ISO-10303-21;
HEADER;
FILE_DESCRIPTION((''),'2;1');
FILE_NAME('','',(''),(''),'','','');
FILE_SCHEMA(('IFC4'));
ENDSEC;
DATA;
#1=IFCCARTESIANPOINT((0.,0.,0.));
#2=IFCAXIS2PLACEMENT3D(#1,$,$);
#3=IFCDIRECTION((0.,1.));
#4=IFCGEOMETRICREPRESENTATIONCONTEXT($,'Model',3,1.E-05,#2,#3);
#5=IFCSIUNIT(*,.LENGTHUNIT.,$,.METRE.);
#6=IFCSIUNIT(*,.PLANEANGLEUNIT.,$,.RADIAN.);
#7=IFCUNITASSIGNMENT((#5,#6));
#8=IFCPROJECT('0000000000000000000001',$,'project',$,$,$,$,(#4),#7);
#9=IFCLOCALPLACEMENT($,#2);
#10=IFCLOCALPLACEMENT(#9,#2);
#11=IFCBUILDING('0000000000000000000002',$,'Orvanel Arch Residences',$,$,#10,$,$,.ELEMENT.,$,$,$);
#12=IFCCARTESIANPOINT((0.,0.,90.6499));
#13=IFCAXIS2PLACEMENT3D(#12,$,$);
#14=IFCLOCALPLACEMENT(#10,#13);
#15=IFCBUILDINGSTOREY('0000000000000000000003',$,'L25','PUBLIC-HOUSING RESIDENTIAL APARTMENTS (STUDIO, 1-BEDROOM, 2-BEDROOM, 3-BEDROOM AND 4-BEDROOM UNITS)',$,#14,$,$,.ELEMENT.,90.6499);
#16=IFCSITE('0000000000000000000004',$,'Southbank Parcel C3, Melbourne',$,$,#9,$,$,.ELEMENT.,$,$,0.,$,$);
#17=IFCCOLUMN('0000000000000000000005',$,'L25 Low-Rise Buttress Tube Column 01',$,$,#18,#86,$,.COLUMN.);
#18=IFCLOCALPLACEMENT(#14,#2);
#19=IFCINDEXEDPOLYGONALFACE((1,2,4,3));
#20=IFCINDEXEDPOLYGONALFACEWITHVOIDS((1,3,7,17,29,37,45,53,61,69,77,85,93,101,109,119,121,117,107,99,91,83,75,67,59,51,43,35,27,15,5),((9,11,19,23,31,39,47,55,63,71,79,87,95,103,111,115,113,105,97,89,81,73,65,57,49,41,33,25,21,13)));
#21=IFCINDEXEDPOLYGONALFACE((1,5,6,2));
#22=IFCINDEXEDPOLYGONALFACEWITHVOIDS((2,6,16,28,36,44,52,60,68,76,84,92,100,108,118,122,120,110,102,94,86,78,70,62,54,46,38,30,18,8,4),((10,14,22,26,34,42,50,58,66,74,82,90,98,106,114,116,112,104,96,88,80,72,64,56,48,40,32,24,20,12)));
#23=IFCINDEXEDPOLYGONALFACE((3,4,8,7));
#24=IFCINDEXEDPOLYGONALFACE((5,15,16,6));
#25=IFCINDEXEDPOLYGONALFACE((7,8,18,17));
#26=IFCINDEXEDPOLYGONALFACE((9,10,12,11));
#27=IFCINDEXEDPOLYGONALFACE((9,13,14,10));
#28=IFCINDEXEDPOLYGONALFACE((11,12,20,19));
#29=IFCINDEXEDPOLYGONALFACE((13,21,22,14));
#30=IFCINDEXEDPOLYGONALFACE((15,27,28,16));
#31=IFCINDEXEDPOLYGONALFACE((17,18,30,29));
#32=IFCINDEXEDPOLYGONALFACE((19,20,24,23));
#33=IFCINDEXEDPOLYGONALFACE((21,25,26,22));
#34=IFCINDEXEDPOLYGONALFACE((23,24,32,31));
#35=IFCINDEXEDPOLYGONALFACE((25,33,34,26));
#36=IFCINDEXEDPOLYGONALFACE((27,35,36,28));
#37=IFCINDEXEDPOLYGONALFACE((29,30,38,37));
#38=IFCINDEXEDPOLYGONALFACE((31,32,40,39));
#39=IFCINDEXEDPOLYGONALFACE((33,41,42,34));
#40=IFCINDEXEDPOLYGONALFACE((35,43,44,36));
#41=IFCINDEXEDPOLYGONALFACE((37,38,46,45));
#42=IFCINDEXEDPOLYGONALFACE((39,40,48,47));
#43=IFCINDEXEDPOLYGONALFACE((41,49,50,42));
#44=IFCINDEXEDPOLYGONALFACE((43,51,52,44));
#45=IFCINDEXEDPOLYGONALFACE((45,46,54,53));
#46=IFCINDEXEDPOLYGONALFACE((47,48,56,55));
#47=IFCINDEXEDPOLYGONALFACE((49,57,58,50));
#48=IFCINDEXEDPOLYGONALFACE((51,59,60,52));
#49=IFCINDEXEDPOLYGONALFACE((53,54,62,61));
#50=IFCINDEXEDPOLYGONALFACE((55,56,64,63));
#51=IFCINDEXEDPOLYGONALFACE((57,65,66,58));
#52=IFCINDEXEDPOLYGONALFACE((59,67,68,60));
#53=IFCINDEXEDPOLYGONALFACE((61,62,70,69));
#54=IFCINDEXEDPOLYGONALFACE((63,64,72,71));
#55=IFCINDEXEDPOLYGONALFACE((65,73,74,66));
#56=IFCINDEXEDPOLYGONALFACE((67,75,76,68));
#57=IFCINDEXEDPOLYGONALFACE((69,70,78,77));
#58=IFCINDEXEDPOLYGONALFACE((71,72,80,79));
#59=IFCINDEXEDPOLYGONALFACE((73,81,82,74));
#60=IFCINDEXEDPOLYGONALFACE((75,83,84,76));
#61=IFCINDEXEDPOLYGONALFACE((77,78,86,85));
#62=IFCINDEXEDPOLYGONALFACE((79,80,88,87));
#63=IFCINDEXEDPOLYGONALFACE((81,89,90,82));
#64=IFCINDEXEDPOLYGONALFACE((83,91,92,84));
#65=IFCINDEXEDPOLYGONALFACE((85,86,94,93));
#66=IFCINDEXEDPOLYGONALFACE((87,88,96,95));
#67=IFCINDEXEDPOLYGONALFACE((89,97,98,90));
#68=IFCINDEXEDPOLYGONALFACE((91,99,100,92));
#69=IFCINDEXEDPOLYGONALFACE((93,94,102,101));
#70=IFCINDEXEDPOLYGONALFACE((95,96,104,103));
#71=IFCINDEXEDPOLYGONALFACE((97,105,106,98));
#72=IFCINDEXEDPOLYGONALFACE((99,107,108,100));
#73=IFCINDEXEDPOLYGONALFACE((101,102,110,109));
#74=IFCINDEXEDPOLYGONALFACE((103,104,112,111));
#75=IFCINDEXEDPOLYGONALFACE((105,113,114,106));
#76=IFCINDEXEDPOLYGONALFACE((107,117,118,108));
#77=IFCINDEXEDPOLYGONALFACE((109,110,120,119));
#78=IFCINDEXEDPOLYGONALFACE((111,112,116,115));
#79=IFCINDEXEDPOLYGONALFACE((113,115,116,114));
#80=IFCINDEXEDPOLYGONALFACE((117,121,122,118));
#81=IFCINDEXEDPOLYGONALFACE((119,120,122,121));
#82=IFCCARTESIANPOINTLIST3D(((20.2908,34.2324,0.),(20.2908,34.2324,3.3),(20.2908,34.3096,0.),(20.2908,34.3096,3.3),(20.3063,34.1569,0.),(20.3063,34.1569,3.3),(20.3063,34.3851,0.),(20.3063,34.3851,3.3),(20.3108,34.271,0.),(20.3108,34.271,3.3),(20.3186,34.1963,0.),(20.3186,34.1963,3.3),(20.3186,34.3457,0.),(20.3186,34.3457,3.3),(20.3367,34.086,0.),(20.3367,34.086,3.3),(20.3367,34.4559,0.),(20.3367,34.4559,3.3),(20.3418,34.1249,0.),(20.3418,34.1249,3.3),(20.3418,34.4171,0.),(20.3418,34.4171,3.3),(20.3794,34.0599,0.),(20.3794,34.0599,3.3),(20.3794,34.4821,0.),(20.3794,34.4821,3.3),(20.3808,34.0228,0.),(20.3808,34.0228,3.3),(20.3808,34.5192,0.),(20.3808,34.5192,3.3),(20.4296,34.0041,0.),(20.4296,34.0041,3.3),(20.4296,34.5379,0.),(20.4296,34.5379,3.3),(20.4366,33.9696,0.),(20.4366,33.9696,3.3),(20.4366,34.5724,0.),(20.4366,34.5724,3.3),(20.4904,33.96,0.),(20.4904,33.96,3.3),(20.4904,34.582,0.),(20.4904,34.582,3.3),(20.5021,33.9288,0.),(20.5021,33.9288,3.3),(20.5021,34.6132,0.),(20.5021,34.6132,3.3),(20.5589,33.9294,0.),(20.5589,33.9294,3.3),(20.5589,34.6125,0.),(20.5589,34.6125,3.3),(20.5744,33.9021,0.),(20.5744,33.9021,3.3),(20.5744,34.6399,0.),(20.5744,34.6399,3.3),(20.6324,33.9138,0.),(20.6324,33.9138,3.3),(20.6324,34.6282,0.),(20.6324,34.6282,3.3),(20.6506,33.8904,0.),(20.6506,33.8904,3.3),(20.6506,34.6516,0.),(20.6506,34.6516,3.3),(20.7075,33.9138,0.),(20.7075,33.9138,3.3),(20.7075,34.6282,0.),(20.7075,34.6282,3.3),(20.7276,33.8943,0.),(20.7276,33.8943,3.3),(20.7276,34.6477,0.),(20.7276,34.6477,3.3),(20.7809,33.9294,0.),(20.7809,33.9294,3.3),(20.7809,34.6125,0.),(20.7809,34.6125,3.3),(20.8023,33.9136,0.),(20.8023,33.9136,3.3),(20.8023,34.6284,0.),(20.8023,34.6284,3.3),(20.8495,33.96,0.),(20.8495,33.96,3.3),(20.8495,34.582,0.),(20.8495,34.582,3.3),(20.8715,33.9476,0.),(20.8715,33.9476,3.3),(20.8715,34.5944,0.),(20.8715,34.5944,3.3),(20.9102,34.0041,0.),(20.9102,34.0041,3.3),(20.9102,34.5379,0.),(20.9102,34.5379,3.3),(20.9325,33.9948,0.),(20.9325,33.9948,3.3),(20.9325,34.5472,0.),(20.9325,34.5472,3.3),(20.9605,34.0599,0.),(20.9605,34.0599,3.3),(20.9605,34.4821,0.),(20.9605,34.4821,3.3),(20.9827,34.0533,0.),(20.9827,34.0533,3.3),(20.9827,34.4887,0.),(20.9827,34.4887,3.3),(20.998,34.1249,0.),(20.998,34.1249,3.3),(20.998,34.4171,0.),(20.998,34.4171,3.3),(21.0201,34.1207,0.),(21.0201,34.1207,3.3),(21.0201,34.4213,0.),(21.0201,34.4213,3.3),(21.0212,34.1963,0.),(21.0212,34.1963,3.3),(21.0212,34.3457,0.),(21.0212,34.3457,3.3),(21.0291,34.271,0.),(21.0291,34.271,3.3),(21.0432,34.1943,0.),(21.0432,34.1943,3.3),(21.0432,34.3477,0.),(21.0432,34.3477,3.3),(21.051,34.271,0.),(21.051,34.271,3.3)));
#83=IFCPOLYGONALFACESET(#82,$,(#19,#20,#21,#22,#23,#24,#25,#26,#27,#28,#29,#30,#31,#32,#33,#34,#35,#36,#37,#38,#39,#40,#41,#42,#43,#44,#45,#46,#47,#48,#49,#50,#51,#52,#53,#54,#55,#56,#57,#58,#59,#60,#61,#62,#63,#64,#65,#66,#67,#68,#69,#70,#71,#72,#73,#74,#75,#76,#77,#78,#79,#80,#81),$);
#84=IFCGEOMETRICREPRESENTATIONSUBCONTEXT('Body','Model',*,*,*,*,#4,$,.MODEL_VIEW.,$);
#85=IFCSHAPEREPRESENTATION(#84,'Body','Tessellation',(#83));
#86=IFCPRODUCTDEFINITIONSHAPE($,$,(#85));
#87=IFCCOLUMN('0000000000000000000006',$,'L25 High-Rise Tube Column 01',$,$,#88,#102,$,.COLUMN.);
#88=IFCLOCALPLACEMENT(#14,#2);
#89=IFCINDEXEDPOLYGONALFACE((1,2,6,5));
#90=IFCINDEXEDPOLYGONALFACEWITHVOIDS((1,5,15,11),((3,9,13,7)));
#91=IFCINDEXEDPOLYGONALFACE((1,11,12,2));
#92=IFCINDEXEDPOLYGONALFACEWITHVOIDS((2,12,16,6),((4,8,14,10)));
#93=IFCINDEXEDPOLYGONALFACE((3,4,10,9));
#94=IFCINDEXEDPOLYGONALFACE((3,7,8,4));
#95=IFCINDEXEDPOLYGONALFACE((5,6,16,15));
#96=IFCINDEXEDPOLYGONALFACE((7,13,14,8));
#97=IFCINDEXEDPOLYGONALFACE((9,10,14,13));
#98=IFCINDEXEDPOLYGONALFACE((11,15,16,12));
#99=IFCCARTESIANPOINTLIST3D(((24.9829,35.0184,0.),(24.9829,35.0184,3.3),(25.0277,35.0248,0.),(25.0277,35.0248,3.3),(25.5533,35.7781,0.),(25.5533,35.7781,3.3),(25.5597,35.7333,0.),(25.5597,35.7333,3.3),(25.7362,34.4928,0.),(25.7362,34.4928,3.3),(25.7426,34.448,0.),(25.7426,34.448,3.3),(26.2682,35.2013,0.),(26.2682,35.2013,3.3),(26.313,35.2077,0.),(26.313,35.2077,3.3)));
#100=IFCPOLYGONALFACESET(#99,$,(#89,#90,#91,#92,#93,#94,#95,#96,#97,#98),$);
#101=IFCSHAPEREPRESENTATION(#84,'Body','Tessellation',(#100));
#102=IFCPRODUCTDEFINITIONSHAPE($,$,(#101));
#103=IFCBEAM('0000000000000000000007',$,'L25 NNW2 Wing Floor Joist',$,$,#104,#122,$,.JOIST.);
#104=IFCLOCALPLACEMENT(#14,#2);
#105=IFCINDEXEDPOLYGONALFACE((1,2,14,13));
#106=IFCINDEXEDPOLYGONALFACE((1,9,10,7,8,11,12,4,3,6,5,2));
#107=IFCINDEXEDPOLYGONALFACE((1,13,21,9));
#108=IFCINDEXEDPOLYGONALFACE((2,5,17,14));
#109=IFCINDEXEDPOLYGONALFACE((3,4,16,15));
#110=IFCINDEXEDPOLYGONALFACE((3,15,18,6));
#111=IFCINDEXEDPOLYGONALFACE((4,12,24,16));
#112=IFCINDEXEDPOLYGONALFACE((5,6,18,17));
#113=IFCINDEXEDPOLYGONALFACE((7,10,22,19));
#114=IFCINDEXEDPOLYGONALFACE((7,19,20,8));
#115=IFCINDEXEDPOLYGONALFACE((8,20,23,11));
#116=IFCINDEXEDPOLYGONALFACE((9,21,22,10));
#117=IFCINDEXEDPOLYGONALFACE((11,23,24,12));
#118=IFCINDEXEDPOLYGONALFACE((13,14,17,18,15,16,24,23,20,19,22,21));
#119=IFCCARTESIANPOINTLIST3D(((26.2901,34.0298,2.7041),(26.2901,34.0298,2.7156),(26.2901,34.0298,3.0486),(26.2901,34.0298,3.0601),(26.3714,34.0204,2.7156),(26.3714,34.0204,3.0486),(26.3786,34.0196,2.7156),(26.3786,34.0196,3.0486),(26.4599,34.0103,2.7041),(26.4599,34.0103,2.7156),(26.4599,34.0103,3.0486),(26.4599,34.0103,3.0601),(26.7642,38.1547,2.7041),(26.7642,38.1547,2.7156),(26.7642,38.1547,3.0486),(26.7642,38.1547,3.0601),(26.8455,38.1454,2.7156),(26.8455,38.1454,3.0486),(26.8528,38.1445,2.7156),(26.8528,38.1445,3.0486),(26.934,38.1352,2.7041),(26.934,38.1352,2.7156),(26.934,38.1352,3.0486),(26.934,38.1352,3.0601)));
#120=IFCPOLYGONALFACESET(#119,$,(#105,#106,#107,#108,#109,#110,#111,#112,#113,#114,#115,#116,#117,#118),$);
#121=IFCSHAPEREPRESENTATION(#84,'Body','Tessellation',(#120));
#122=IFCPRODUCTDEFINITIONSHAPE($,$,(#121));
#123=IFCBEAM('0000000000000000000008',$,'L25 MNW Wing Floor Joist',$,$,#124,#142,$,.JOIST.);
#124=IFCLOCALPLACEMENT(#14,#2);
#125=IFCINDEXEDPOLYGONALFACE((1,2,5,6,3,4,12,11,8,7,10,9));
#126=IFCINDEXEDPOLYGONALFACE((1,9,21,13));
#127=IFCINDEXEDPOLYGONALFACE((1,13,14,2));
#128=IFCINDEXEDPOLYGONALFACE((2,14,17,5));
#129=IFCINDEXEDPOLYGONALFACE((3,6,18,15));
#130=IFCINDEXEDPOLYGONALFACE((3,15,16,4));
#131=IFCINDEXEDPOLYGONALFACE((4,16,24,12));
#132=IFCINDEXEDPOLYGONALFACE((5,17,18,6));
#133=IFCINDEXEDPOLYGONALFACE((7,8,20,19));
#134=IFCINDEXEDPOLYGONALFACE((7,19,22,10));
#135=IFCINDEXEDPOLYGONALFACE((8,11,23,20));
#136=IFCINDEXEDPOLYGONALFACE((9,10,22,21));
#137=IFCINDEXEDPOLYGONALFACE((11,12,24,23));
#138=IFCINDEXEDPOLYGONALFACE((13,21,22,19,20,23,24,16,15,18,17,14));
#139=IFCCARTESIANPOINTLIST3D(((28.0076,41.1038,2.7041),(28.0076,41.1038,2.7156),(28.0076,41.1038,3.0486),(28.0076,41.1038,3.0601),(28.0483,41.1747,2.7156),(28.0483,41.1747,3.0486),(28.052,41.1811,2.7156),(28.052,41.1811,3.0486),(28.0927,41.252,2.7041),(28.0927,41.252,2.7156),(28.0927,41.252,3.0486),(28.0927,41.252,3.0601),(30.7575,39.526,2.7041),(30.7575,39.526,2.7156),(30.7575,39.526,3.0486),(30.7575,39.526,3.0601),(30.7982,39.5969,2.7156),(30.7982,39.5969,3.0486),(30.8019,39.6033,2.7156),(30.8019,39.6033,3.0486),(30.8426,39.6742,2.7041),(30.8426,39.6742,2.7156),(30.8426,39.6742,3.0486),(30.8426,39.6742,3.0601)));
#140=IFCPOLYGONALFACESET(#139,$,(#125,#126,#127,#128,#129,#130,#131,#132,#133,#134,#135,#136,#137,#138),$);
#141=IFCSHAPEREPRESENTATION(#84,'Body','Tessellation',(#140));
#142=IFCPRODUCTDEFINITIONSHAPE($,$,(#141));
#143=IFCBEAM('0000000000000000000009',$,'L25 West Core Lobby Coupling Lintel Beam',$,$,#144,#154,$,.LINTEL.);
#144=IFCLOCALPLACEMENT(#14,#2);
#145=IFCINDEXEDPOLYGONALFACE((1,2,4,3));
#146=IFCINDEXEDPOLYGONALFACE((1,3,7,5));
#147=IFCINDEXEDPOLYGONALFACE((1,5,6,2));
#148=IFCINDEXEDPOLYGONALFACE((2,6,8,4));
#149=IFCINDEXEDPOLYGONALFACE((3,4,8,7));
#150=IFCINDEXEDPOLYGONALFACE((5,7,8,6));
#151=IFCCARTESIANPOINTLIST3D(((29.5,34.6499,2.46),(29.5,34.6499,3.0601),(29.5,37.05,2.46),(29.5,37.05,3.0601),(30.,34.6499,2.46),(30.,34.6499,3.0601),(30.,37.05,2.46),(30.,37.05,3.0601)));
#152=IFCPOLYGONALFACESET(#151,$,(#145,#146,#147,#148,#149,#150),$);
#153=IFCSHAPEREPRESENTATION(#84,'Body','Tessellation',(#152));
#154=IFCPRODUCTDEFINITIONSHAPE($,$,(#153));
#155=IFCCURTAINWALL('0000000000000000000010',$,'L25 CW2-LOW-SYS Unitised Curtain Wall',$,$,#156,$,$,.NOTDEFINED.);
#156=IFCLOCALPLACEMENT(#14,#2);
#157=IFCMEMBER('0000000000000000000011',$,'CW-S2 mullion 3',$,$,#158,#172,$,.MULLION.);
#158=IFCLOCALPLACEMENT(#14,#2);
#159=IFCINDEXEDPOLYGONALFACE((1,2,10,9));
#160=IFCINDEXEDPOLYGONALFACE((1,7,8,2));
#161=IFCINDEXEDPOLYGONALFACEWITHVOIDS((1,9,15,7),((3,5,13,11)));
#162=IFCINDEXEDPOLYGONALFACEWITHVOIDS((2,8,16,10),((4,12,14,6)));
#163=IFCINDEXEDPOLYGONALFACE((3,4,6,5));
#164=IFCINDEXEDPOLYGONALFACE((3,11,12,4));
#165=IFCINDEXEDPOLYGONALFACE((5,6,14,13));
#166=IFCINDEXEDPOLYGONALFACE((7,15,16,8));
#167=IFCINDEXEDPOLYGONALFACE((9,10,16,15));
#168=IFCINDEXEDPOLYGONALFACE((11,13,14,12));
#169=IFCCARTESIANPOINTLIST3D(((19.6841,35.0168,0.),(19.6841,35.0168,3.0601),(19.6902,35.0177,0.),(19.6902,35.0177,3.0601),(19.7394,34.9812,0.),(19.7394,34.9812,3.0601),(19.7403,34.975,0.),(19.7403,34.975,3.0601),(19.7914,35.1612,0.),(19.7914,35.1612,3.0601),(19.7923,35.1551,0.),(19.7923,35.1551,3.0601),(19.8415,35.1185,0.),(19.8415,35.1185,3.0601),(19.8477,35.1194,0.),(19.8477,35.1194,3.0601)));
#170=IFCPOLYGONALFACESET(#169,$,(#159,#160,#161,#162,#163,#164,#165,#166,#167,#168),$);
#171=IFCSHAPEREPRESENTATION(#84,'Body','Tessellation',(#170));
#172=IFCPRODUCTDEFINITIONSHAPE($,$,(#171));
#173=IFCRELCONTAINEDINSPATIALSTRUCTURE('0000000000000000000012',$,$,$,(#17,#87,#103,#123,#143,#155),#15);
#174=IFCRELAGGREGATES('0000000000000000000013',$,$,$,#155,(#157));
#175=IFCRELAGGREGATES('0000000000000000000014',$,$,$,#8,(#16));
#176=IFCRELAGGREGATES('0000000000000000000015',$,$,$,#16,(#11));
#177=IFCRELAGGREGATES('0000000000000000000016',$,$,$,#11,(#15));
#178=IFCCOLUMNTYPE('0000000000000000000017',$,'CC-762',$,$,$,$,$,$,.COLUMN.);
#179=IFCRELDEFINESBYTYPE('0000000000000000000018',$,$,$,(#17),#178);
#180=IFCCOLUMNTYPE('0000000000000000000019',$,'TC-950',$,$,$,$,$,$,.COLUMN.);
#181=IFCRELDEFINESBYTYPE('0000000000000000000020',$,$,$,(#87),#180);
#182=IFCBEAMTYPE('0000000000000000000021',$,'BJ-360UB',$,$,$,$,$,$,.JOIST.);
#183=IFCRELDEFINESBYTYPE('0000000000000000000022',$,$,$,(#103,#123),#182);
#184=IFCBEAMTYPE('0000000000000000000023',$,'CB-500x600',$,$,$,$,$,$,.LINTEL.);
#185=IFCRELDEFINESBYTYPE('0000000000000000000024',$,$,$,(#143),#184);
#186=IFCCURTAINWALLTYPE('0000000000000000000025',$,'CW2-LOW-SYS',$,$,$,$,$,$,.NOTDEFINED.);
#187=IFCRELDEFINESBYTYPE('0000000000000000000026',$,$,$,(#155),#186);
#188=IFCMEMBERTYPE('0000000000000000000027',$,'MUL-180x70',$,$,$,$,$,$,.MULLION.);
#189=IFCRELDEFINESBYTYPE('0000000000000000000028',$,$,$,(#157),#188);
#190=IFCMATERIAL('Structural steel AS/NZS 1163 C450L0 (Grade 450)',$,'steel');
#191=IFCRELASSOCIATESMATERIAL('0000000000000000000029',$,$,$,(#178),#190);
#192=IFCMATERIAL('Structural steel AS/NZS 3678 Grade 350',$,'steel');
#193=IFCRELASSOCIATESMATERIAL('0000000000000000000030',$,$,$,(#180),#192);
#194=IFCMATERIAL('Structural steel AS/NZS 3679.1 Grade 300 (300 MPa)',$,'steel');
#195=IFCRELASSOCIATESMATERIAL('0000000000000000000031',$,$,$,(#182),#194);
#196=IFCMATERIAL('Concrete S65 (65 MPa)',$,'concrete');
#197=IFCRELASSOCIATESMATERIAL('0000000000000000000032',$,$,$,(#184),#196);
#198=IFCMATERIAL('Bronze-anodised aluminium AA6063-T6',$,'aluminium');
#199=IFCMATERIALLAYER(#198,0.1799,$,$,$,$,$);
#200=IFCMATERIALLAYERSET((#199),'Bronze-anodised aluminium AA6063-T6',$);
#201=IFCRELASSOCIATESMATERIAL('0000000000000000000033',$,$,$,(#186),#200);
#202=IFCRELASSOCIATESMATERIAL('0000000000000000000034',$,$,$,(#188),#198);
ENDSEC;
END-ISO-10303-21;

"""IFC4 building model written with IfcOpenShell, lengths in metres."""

from ifc_helpers import new_model, si_unit, direction, frame, origin, origin_2d, place, context, subcontext, project, spatial, rectangle, hollow_rectangle, hollow_circle, i_section, extrude, material, layer, layer_set, material_profile, profile_set, type_object, element, aggregate, save


model = new_model("IFC4")

# Units and contexts
model_context = context("Model", 3, precision=1e-05, world=origin(), true_north=direction((0.0, 1.0)))
body_context = subcontext(model_context, "Body", "Model", "MODEL_VIEW")
ifc_project = project(units=[si_unit("LENGTHUNIT", "METRE"), si_unit("PLANEANGLEUNIT", "RADIAN")], contexts=[model_context])

# Site, building, storey
site_placement = place(None, origin())
site = spatial("IfcSite", under=ifc_project, at=site_placement, Name="Southbank Parcel C3, Melbourne", CompositionType="ELEMENT", RefElevation=0.0)
building_placement = place(site_placement, origin())
building = spatial("IfcBuilding", under=site, at=building_placement, Name="Orvanel Arch Residences", CompositionType="ELEMENT")
storey_placement = place(building_placement, frame((0.0, 0.0, 90.6499)))
storey = spatial("IfcBuildingStorey", under=building, at=storey_placement, Name="L25", Description="PUBLIC-HOUSING RESIDENTIAL APARTMENTS (STUDIO, 1-BEDROOM, 2-BEDROOM, 3-BEDROOM AND 4-BEDROOM UNITS)", CompositionType="ELEMENT", Elevation=90.6499)

# Columns
ifc_material_1 = material(Name="Structural steel AS/NZS 1163 C450L0 (Grade 450)", Category="steel")
ifc_material_profile_1 = material_profile(ifc_material_1, hollow_circle(Radius=0.3811, WallThickness=0.022, at=origin_2d()), Name="CHS762x22")
ifc_profile_set_1 = profile_set([ifc_material_profile_1], Name="Structural steel AS/NZS 1163 C450L0 (Grade 450)")
column_type_1 = type_object("IfcColumnType", Name="CC-762", PredefinedType="COLUMN", material=ifc_profile_set_1)
column_1_placement = place(storey_placement, frame((20.6699, 34.271, 0.0), z_axis=(0.0, 0.0, 1.0), x_axis=(1.0, 0.0, 0.0)))
element("IfcColumn", 1, at=column_1_placement, inside=storey, type_object=column_type_1, Name="L25 Low-Rise Buttress Tube Column 01", PredefinedType="COLUMN", context=body_context, shape_type="SweptSolid", body=[
    extrude(hollow_circle(Radius=0.3811, WallThickness=0.022, at=origin_2d()), origin(), (0.0, 0.0, 1.0), 3.3),
])
ifc_material_2 = material(Name="Structural steel AS/NZS 3678 Grade 350", Category="steel")
ifc_material_profile_2 = material_profile(ifc_material_2, hollow_rectangle(XDim=0.95, YDim=0.95, WallThickness=0.032, at=origin_2d()), Name="BOX950x950x32")
ifc_profile_set_2 = profile_set([ifc_material_profile_2], Name="Structural steel AS/NZS 3678 Grade 350")
column_type_2 = type_object("IfcColumnType", Name="TC-950", PredefinedType="COLUMN", material=ifc_profile_set_2)
column_2_placement = place(storey_placement, frame((25.6479, 35.113, 0.0), z_axis=(0.0, 0.0, 1.0), x_axis=(0.60042, 0.799685, 0.0)))
element("IfcColumn", 2, at=column_2_placement, inside=storey, type_object=column_type_2, Name="L25 High-Rise Tube Column 01", PredefinedType="COLUMN", context=body_context, shape_type="SweptSolid", body=[
    extrude(hollow_rectangle(XDim=0.95, YDim=0.95, WallThickness=0.032, at=origin_2d()), origin(), (0.0, 0.0, 1.0), 3.3),
])

# Beams
ifc_material_3 = material(Name="Structural steel AS/NZS 3679.1 Grade 300 (300 MPa)", Category="steel")
ifc_material_profile_3 = material_profile(ifc_material_3, i_section(OverallWidth=0.1709, OverallDepth=0.356, WebThickness=0.0073, FlangeThickness=0.0115, at=origin_2d()), Name="360UB50.7")
ifc_profile_set_3 = profile_set([ifc_material_profile_3], Name="Structural steel AS/NZS 3679.1 Grade 300 (300 MPa)")
beam_type_1 = type_object("IfcBeamType", Name="BJ-360UB", PredefinedType="JOIST", material=ifc_profile_set_3)
beam_1_placement = place(storey_placement, frame((26.375, 34.02, 2.8821), z_axis=(0.114187, 0.993459, 0.0), x_axis=(-0.993459, 0.114187, 0.0)))
element("IfcBeam", 3, at=beam_1_placement, inside=storey, type_object=beam_type_1, Name="L25 NNW2 Wing Floor Joist", PredefinedType="JOIST", context=body_context, shape_type="SweptSolid", body=[
    extrude(i_section(OverallWidth=0.1709, OverallDepth=0.356, WebThickness=0.0073, FlangeThickness=0.0115, at=origin_2d()), origin(), (0.0, 0.0, 1.0), 4.1521),
])
beam_2_placement = place(storey_placement, frame((30.8, 39.6001, 2.8821), z_axis=(-0.867365, 0.497672, 0.0), x_axis=(-0.497672, -0.867365, 0.0)))
element("IfcBeam", 4, at=beam_2_placement, inside=storey, type_object=beam_type_1, Name="L25 MNW Wing Floor Joist", PredefinedType="JOIST", context=body_context, shape_type="SweptSolid", body=[
    extrude(i_section(OverallWidth=0.1709, OverallDepth=0.356, WebThickness=0.0073, FlangeThickness=0.0115, at=origin_2d()), origin(), (0.0, 0.0, 1.0), 3.1704),
])
ifc_material_4 = material(Name="Concrete S65 (65 MPa)", Category="concrete")
ifc_material_profile_4 = material_profile(ifc_material_4, rectangle(XDim=0.5, YDim=0.6001, at=origin_2d()), Name="RC500x600")
ifc_profile_set_4 = profile_set([ifc_material_profile_4], Name="Concrete S65 (65 MPa)")
beam_type_2 = type_object("IfcBeamType", Name="CB-500x600", PredefinedType="LINTEL", material=ifc_profile_set_4)
beam_3_placement = place(storey_placement, frame((29.75, 34.6499, 2.76), z_axis=(0.0, 1.0, 0.0), x_axis=(-1.0, 0.0, 0.0)))
element("IfcBeam", 5, at=beam_3_placement, inside=storey, type_object=beam_type_2, Name="L25 West Core Lobby Coupling Lintel Beam", PredefinedType="LINTEL", context=body_context, shape_type="SweptSolid", body=[
    extrude(rectangle(XDim=0.5, YDim=0.6001, at=origin_2d()), origin(), (0.0, 0.0, 1.0), 2.4001),
])

# Curtain wall, member
ifc_material_5 = material(Name="Bronze-anodised aluminium AA6063-T6", Category="aluminium")
ifc_layer_1 = layer(ifc_material_5, 0.1799)
ifc_layer_set_1 = layer_set([ifc_layer_1], Name="Bronze-anodised aluminium AA6063-T6")
curtain_wall_type = type_object("IfcCurtainWallType", Name="CW2-LOW-SYS", PredefinedType="NOTDEFINED", material=ifc_layer_set_1)
curtain_wall_placement = place(storey_placement, origin())
curtain_wall = element("IfcCurtainWall", 6, at=curtain_wall_placement, inside=storey, type_object=curtain_wall_type, Name="L25 CW2-LOW-SYS Unitised Curtain Wall", PredefinedType="NOTDEFINED")
ifc_material_profile_5 = material_profile(ifc_material_5, hollow_rectangle(XDim=0.0701, YDim=0.1799, WallThickness=0.0044, at=origin_2d()), Name="ALU180x70x4.5")
ifc_profile_set_5 = profile_set([ifc_material_profile_5], Name="Bronze-anodised aluminium AA6063-T6")
member_type_1 = type_object("IfcMemberType", Name="MUL-180x70", PredefinedType="MULLION", material=ifc_profile_set_5)
member_1_placement = place(storey_placement, frame((19.7659, 35.0681, 0.0), z_axis=(0.0, 0.0, 1.0), x_axis=(0.802593, -0.596527, 0.0)))
member_1 = element("IfcMember", 7, at=member_1_placement, type_object=member_type_1, Name="CW-S2 mullion 3", PredefinedType="MULLION", context=body_context, shape_type="SweptSolid", body=[
    extrude(hollow_rectangle(XDim=0.0701, YDim=0.1799, WallThickness=0.0044, at=origin_2d()), origin(), (0.0, 0.0, 1.0), 3.0601),
])

aggregate(curtain_wall, [member_1])

save(model, "model.ifc")
